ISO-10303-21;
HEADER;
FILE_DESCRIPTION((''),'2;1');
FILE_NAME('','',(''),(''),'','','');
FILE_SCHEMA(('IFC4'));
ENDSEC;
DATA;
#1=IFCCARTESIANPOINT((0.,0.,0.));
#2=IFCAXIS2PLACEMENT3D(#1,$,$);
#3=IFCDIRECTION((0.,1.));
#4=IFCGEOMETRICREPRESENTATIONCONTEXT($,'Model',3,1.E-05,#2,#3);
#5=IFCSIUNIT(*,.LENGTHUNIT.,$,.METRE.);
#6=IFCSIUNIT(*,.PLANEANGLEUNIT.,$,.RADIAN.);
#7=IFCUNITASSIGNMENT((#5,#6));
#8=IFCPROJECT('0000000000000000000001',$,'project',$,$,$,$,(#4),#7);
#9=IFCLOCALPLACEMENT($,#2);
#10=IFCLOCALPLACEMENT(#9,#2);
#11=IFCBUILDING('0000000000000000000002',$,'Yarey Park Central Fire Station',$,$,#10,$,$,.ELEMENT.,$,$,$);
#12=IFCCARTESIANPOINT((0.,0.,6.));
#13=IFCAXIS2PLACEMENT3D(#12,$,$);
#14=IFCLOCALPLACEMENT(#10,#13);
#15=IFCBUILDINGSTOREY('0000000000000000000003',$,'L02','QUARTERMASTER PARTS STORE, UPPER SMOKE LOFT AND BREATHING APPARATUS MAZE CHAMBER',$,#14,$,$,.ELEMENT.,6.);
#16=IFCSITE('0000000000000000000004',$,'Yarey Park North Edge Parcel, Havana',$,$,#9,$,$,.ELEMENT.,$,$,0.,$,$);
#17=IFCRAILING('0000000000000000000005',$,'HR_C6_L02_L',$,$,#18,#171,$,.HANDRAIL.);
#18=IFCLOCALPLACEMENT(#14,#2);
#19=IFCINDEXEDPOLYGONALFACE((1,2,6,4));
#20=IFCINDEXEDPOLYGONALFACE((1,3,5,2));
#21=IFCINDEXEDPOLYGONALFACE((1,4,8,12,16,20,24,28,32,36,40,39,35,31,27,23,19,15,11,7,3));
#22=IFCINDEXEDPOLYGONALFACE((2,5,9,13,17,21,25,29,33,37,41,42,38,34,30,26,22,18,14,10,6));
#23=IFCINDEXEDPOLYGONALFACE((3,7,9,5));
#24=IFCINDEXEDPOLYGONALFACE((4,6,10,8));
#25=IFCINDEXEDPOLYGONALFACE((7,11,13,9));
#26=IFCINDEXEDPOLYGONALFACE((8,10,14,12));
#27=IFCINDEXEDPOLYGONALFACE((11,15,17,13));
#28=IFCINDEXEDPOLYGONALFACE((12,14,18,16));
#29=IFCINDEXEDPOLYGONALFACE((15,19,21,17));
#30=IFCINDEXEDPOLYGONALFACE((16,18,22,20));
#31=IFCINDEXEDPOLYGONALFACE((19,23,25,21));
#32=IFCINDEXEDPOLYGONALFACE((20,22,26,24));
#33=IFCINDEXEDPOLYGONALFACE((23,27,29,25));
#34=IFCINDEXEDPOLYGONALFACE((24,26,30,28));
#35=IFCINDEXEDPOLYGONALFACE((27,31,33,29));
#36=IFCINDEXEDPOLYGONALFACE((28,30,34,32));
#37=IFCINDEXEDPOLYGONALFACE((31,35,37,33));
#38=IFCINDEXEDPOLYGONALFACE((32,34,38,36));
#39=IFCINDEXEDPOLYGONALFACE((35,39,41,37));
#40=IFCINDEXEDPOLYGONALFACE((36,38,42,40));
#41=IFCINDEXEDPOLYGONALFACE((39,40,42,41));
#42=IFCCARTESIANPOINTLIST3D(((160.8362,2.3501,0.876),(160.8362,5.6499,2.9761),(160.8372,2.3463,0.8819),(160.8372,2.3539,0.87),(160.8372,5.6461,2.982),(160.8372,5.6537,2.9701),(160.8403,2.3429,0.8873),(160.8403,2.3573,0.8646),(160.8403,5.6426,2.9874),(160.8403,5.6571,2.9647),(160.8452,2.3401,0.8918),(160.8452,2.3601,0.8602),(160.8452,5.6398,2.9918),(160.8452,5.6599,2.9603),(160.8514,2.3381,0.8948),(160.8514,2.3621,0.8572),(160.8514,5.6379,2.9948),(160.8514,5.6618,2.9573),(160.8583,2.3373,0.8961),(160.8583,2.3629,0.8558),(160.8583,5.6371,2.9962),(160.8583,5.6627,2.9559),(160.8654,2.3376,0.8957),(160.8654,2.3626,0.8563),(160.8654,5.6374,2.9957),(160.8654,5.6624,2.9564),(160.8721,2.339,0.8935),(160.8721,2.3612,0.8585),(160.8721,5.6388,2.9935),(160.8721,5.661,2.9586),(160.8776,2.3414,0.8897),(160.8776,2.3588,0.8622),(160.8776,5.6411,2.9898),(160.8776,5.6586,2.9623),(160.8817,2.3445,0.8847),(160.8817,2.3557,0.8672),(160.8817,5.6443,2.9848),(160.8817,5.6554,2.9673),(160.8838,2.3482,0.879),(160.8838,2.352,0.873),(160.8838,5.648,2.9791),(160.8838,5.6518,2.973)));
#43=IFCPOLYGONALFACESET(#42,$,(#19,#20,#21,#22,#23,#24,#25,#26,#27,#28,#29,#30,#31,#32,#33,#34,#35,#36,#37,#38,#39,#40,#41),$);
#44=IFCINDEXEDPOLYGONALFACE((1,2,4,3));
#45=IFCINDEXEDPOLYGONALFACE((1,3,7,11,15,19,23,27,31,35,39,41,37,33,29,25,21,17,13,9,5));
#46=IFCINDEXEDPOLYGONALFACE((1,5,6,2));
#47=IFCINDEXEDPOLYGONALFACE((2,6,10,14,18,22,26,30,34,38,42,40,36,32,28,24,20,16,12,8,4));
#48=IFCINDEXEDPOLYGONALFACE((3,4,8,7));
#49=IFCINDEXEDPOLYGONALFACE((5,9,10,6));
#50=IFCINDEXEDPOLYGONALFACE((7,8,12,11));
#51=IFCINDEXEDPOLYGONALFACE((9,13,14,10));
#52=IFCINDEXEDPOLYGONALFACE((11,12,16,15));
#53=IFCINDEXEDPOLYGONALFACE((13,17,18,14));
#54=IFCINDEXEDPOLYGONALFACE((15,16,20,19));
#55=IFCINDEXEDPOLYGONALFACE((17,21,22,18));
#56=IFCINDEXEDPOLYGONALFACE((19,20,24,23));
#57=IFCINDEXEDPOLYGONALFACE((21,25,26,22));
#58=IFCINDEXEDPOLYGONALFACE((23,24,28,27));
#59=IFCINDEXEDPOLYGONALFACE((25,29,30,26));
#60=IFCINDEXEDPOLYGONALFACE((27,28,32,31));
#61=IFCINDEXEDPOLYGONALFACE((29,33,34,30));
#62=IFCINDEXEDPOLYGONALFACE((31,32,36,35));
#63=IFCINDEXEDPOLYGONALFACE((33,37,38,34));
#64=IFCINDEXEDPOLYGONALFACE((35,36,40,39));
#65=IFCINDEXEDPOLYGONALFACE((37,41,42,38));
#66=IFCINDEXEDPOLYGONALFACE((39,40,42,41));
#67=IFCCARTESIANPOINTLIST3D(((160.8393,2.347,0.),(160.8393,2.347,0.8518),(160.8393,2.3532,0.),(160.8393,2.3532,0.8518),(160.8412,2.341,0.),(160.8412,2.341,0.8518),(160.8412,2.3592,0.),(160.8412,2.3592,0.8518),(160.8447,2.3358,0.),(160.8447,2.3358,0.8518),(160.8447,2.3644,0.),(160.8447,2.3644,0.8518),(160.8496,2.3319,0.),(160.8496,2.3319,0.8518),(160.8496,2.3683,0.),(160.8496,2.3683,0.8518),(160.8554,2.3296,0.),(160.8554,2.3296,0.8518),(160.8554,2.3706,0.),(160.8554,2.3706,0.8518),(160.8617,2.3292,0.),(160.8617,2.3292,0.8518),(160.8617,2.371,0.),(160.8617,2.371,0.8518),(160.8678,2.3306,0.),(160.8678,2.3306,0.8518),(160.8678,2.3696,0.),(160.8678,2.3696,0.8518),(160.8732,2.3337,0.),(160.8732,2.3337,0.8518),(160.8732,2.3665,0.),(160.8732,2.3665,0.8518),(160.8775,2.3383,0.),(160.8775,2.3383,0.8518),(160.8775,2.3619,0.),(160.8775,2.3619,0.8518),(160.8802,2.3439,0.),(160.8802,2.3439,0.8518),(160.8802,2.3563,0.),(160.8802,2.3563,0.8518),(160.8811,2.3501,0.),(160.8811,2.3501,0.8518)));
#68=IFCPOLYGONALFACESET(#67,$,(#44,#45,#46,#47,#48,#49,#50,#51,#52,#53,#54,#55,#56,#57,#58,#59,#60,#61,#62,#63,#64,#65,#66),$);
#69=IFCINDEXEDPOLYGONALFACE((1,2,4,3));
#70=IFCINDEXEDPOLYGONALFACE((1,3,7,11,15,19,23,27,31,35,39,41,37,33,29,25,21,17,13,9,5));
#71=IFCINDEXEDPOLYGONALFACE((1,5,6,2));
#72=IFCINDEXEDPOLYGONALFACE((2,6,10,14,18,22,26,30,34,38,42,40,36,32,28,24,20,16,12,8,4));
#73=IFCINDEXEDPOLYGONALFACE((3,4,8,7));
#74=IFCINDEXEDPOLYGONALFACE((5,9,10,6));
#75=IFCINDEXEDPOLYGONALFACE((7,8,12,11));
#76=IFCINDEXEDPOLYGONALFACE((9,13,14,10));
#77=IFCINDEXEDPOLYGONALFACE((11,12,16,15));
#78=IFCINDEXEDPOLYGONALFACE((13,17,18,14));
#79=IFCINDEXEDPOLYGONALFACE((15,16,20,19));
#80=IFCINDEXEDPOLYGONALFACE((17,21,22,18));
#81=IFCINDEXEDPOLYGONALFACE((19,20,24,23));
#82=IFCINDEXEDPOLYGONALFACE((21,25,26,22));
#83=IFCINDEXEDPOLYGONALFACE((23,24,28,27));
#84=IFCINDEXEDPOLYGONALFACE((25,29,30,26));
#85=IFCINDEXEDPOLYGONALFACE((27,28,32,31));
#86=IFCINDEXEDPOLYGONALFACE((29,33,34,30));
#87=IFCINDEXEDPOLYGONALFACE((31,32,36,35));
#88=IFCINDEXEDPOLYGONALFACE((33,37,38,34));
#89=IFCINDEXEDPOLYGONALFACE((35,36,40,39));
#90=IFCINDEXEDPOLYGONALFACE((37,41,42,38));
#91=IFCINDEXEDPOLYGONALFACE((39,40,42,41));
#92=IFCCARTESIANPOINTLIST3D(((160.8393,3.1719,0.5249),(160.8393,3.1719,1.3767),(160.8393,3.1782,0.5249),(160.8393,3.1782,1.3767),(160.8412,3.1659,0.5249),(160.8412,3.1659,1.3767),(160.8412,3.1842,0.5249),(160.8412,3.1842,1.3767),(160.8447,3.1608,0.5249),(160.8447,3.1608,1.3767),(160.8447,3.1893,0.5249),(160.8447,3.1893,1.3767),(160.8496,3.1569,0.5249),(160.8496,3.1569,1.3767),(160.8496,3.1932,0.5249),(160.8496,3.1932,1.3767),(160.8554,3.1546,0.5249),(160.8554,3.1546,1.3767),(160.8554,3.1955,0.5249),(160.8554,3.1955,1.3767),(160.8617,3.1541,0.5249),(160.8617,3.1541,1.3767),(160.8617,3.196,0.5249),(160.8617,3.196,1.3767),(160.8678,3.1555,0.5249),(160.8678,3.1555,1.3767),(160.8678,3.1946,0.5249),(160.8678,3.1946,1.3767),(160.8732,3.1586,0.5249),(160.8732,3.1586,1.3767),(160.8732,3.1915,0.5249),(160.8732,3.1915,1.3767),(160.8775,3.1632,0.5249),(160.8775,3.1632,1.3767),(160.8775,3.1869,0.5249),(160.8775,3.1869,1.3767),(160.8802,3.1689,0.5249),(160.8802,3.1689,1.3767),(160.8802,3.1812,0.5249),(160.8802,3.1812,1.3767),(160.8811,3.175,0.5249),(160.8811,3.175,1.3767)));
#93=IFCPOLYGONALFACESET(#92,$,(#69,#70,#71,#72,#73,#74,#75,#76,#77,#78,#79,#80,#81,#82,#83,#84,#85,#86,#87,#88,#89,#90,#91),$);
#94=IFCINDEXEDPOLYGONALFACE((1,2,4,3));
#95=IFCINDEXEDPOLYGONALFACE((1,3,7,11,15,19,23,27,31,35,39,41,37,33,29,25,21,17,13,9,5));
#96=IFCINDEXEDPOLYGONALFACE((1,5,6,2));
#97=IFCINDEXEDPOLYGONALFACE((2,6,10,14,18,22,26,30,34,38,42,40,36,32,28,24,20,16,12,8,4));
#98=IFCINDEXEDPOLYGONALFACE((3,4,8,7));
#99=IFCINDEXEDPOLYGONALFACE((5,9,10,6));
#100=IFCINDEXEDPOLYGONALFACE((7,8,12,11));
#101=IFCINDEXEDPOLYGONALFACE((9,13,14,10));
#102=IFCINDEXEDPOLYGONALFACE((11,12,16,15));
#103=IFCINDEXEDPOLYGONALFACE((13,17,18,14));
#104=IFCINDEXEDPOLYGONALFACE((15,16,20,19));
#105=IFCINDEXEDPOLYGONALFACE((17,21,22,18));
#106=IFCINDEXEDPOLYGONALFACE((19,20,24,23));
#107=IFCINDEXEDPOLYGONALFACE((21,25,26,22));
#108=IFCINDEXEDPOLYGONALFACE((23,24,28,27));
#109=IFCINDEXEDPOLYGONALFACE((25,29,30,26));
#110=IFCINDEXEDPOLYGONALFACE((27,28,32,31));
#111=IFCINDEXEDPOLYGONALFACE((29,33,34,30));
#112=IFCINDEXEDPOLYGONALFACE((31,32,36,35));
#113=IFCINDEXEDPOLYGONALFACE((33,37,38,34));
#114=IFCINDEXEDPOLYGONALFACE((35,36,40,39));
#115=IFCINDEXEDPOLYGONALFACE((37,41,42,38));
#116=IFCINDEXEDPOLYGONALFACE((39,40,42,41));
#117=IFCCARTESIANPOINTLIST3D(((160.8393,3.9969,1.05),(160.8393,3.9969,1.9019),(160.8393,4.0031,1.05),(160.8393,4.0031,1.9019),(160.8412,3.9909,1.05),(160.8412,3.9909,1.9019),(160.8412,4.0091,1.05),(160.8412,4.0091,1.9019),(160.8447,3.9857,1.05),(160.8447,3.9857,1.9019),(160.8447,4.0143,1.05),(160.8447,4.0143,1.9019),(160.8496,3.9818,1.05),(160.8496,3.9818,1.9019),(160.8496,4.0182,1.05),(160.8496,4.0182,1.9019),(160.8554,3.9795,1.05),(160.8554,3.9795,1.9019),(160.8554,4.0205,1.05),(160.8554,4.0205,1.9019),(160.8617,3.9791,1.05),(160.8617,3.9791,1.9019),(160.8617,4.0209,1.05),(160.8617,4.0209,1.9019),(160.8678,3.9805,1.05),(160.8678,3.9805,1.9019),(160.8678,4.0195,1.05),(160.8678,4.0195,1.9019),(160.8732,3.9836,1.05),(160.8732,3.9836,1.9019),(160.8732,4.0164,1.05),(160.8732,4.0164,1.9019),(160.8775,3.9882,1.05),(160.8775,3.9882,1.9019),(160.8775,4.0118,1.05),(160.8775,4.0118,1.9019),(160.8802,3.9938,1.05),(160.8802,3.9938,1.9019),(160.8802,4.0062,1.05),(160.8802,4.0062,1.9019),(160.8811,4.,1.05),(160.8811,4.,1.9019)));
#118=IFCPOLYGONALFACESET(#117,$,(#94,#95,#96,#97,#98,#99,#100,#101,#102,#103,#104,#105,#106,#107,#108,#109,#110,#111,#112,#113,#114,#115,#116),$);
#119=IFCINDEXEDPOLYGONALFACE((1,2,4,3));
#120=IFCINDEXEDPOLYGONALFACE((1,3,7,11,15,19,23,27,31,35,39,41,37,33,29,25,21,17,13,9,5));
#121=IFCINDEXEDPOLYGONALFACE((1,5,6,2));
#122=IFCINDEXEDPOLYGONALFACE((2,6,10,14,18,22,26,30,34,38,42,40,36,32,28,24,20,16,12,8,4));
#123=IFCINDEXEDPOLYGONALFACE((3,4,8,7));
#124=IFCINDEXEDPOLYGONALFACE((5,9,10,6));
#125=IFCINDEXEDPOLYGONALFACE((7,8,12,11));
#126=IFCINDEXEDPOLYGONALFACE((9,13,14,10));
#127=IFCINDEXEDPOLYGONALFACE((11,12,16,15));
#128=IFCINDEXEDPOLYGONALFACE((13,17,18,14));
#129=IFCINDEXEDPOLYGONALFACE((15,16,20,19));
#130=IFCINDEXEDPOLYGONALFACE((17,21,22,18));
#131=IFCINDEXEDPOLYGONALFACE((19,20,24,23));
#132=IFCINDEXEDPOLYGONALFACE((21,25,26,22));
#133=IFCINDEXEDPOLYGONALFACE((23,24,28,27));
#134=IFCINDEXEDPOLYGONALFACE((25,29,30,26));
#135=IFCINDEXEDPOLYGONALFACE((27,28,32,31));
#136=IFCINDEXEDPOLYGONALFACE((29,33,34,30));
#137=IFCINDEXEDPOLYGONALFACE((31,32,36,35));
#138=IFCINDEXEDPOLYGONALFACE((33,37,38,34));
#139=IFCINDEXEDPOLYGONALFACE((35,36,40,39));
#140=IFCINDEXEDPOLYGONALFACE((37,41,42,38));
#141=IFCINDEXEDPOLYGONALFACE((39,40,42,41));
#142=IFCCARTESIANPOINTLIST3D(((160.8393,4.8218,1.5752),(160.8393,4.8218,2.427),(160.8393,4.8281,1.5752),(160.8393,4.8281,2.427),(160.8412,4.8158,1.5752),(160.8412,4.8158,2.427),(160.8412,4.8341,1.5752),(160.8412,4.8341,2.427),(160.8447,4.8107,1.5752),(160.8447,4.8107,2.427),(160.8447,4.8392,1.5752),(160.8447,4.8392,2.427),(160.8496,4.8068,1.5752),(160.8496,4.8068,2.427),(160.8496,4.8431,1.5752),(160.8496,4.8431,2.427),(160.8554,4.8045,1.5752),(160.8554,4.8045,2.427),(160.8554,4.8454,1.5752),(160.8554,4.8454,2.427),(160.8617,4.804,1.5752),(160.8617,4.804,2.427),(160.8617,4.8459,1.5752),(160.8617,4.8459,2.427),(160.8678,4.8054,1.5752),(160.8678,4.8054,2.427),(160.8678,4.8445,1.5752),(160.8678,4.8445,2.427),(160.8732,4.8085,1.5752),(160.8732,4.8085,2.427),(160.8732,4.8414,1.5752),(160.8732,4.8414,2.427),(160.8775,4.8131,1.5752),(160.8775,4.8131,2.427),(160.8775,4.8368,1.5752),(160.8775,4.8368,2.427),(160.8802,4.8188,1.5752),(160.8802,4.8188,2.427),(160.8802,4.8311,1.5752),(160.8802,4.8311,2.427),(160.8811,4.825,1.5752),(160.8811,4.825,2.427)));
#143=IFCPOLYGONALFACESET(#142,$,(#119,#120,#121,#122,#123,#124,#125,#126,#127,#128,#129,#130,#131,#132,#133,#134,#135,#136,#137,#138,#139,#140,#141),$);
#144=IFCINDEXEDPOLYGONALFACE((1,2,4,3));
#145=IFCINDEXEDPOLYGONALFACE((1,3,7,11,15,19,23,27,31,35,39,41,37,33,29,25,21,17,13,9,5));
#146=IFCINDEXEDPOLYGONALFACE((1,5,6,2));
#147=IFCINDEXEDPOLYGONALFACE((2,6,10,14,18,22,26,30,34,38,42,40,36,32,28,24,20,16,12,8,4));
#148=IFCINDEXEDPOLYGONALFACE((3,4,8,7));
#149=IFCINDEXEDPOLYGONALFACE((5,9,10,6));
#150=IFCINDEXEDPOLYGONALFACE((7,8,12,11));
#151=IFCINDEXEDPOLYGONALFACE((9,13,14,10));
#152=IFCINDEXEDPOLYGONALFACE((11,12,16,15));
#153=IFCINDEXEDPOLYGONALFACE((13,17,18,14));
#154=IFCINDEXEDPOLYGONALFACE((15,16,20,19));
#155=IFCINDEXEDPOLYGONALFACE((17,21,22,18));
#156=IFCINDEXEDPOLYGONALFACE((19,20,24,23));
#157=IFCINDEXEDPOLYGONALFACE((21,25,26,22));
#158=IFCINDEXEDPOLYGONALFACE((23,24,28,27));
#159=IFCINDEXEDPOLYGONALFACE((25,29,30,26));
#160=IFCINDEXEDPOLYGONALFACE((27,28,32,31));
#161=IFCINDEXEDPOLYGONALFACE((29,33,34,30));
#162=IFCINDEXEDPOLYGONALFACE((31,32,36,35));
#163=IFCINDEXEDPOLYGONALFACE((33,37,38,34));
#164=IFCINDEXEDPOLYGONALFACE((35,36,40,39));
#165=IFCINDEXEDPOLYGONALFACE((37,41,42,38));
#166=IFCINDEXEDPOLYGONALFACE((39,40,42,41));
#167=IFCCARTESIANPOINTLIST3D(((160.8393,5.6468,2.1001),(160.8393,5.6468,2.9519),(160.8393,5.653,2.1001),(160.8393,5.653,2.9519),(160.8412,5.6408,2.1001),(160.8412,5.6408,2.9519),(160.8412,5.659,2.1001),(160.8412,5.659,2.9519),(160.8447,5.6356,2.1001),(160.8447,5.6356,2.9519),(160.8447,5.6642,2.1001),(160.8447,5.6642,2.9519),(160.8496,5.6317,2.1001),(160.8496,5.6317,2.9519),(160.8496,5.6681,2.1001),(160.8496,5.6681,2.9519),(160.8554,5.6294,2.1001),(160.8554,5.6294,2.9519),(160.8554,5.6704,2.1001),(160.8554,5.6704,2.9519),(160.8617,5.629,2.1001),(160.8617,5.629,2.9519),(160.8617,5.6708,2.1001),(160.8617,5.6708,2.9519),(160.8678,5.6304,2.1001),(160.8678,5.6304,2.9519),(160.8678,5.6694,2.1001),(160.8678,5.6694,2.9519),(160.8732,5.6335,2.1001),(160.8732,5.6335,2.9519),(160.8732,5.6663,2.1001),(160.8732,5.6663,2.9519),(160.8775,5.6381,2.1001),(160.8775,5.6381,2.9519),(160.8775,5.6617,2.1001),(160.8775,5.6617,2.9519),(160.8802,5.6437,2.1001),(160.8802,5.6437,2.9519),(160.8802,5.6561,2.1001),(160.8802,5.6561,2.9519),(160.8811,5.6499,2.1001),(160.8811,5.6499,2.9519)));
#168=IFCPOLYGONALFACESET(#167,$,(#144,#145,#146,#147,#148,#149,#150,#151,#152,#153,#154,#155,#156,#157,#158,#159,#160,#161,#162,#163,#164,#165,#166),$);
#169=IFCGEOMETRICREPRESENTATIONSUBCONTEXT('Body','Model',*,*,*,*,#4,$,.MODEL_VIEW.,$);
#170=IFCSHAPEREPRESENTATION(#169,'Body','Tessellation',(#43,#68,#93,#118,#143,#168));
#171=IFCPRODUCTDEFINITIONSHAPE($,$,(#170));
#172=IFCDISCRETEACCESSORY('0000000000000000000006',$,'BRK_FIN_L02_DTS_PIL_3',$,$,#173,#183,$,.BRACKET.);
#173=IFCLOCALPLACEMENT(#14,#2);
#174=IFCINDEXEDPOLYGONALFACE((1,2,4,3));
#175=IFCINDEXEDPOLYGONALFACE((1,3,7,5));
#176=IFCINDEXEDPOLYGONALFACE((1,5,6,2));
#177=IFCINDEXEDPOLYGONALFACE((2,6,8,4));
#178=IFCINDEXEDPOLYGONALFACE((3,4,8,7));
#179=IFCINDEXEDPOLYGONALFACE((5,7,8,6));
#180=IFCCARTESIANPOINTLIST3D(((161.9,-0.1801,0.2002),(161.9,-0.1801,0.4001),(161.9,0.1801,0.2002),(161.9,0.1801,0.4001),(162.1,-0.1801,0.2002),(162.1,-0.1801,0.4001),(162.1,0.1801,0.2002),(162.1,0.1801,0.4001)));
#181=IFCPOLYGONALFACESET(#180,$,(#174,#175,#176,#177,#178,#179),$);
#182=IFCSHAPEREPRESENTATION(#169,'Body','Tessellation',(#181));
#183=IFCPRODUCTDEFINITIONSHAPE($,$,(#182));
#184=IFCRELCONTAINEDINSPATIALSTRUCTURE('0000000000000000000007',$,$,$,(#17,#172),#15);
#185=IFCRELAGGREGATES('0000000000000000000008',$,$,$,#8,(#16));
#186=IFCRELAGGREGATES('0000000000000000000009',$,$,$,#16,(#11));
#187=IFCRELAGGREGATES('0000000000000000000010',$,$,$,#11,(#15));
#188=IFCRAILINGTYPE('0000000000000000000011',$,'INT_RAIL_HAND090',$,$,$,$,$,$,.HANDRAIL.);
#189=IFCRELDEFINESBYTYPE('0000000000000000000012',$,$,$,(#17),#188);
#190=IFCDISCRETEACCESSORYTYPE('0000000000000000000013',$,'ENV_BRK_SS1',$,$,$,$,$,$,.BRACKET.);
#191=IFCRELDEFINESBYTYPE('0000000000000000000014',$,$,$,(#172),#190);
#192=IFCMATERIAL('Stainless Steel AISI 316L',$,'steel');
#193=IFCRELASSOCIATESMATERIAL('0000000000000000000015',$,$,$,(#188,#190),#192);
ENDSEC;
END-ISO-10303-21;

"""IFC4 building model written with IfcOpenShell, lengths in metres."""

from ifc_helpers import new_model, si_unit, direction, frame, origin, origin_2d, place, context, subcontext, project, spatial, rectangle, circle, extrude, material, type_object, element, save


model = new_model("IFC4")

# Units and contexts
model_context = context("Model", 3, precision=1e-05, world=origin(), true_north=direction((0.0, 1.0)))
body_context = subcontext(model_context, "Body", "Model", "MODEL_VIEW")
ifc_project = project(units=[si_unit("LENGTHUNIT", "METRE"), si_unit("PLANEANGLEUNIT", "RADIAN")], contexts=[model_context])

# Site, building, storey
site_placement = place(None, origin())
site = spatial("IfcSite", under=ifc_project, at=site_placement, Name="Yarey Park North Edge Parcel, Havana", CompositionType="ELEMENT", RefElevation=0.0)
building_placement = place(site_placement, origin())
building = spatial("IfcBuilding", under=site, at=building_placement, Name="Yarey Park Central Fire Station", CompositionType="ELEMENT")
storey_placement = place(building_placement, frame((0.0, 0.0, 6.0)))
storey = spatial("IfcBuildingStorey", under=building, at=storey_placement, Name="L02", Description="QUARTERMASTER PARTS STORE, UPPER SMOKE LOFT AND BREATHING APPARATUS MAZE CHAMBER", CompositionType="ELEMENT", Elevation=6.0)

# Railing
ifc_material_1 = material(Name="Stainless Steel AISI 316L", Category="steel")
railing_type_1 = type_object("IfcRailingType", Name="INT_RAIL_HAND090", PredefinedType="HANDRAIL", material=ifc_material_1)
railing_1_placement = place(storey_placement, frame((160.8601, 2.3501, 0.0)))
element("IfcRailing", 1, at=railing_1_placement, inside=storey, type_object=railing_type_1, Name="HR_C6_L02_L", PredefinedType="HANDRAIL", context=body_context, shape_type="SweptSolid", body=[
    extrude(circle(Radius=0.0239, at=origin_2d()), frame((0.0, 0.0, 0.876), z_axis=(0.0, 0.843636, 0.536916), x_axis=(-1.0, 0.0, 0.0)), (0.0, 0.0, 1.0), 3.9114),
    extrude(circle(Radius=0.021, at=origin_2d()), origin(), (0.0, 0.0, 1.0), 0.8518),
    extrude(circle(Radius=0.021, at=origin_2d()), frame((0.0, 0.825, 0.5249)), (0.0, 0.0, 1.0), 0.8518),
    extrude(circle(Radius=0.021, at=origin_2d()), frame((0.0, 1.6499, 1.05)), (0.0, 0.0, 1.0), 0.8518),
    extrude(circle(Radius=0.021, at=origin_2d()), frame((0.0, 2.4749, 1.5752)), (0.0, 0.0, 1.0), 0.8518),
    extrude(circle(Radius=0.021, at=origin_2d()), frame((0.0, 3.2998, 2.1001)), (0.0, 0.0, 1.0), 0.8518),
])

# Discrete accessory
discrete_accessory_type = type_object("IfcDiscreteAccessoryType", Name="ENV_BRK_SS1", PredefinedType="BRACKET", material=ifc_material_1)
discrete_accessory_placement = place(storey_placement, frame((162.0, 0.0, 0.2002), z_axis=(0.0, 0.0, 1.0), x_axis=(1.0, 0.0, 0.0)))
element("IfcDiscreteAccessory", 2, at=discrete_accessory_placement, inside=storey, type_object=discrete_accessory_type, Name="BRK_FIN_L02_DTS_PIL_3", PredefinedType="BRACKET", context=body_context, shape_type="SweptSolid", body=[
    extrude(rectangle(XDim=0.2, YDim=0.3601, at=origin_2d()), origin(), (0.0, 0.0, 1.0), 0.2),
])

save(model, "model.ifc")
